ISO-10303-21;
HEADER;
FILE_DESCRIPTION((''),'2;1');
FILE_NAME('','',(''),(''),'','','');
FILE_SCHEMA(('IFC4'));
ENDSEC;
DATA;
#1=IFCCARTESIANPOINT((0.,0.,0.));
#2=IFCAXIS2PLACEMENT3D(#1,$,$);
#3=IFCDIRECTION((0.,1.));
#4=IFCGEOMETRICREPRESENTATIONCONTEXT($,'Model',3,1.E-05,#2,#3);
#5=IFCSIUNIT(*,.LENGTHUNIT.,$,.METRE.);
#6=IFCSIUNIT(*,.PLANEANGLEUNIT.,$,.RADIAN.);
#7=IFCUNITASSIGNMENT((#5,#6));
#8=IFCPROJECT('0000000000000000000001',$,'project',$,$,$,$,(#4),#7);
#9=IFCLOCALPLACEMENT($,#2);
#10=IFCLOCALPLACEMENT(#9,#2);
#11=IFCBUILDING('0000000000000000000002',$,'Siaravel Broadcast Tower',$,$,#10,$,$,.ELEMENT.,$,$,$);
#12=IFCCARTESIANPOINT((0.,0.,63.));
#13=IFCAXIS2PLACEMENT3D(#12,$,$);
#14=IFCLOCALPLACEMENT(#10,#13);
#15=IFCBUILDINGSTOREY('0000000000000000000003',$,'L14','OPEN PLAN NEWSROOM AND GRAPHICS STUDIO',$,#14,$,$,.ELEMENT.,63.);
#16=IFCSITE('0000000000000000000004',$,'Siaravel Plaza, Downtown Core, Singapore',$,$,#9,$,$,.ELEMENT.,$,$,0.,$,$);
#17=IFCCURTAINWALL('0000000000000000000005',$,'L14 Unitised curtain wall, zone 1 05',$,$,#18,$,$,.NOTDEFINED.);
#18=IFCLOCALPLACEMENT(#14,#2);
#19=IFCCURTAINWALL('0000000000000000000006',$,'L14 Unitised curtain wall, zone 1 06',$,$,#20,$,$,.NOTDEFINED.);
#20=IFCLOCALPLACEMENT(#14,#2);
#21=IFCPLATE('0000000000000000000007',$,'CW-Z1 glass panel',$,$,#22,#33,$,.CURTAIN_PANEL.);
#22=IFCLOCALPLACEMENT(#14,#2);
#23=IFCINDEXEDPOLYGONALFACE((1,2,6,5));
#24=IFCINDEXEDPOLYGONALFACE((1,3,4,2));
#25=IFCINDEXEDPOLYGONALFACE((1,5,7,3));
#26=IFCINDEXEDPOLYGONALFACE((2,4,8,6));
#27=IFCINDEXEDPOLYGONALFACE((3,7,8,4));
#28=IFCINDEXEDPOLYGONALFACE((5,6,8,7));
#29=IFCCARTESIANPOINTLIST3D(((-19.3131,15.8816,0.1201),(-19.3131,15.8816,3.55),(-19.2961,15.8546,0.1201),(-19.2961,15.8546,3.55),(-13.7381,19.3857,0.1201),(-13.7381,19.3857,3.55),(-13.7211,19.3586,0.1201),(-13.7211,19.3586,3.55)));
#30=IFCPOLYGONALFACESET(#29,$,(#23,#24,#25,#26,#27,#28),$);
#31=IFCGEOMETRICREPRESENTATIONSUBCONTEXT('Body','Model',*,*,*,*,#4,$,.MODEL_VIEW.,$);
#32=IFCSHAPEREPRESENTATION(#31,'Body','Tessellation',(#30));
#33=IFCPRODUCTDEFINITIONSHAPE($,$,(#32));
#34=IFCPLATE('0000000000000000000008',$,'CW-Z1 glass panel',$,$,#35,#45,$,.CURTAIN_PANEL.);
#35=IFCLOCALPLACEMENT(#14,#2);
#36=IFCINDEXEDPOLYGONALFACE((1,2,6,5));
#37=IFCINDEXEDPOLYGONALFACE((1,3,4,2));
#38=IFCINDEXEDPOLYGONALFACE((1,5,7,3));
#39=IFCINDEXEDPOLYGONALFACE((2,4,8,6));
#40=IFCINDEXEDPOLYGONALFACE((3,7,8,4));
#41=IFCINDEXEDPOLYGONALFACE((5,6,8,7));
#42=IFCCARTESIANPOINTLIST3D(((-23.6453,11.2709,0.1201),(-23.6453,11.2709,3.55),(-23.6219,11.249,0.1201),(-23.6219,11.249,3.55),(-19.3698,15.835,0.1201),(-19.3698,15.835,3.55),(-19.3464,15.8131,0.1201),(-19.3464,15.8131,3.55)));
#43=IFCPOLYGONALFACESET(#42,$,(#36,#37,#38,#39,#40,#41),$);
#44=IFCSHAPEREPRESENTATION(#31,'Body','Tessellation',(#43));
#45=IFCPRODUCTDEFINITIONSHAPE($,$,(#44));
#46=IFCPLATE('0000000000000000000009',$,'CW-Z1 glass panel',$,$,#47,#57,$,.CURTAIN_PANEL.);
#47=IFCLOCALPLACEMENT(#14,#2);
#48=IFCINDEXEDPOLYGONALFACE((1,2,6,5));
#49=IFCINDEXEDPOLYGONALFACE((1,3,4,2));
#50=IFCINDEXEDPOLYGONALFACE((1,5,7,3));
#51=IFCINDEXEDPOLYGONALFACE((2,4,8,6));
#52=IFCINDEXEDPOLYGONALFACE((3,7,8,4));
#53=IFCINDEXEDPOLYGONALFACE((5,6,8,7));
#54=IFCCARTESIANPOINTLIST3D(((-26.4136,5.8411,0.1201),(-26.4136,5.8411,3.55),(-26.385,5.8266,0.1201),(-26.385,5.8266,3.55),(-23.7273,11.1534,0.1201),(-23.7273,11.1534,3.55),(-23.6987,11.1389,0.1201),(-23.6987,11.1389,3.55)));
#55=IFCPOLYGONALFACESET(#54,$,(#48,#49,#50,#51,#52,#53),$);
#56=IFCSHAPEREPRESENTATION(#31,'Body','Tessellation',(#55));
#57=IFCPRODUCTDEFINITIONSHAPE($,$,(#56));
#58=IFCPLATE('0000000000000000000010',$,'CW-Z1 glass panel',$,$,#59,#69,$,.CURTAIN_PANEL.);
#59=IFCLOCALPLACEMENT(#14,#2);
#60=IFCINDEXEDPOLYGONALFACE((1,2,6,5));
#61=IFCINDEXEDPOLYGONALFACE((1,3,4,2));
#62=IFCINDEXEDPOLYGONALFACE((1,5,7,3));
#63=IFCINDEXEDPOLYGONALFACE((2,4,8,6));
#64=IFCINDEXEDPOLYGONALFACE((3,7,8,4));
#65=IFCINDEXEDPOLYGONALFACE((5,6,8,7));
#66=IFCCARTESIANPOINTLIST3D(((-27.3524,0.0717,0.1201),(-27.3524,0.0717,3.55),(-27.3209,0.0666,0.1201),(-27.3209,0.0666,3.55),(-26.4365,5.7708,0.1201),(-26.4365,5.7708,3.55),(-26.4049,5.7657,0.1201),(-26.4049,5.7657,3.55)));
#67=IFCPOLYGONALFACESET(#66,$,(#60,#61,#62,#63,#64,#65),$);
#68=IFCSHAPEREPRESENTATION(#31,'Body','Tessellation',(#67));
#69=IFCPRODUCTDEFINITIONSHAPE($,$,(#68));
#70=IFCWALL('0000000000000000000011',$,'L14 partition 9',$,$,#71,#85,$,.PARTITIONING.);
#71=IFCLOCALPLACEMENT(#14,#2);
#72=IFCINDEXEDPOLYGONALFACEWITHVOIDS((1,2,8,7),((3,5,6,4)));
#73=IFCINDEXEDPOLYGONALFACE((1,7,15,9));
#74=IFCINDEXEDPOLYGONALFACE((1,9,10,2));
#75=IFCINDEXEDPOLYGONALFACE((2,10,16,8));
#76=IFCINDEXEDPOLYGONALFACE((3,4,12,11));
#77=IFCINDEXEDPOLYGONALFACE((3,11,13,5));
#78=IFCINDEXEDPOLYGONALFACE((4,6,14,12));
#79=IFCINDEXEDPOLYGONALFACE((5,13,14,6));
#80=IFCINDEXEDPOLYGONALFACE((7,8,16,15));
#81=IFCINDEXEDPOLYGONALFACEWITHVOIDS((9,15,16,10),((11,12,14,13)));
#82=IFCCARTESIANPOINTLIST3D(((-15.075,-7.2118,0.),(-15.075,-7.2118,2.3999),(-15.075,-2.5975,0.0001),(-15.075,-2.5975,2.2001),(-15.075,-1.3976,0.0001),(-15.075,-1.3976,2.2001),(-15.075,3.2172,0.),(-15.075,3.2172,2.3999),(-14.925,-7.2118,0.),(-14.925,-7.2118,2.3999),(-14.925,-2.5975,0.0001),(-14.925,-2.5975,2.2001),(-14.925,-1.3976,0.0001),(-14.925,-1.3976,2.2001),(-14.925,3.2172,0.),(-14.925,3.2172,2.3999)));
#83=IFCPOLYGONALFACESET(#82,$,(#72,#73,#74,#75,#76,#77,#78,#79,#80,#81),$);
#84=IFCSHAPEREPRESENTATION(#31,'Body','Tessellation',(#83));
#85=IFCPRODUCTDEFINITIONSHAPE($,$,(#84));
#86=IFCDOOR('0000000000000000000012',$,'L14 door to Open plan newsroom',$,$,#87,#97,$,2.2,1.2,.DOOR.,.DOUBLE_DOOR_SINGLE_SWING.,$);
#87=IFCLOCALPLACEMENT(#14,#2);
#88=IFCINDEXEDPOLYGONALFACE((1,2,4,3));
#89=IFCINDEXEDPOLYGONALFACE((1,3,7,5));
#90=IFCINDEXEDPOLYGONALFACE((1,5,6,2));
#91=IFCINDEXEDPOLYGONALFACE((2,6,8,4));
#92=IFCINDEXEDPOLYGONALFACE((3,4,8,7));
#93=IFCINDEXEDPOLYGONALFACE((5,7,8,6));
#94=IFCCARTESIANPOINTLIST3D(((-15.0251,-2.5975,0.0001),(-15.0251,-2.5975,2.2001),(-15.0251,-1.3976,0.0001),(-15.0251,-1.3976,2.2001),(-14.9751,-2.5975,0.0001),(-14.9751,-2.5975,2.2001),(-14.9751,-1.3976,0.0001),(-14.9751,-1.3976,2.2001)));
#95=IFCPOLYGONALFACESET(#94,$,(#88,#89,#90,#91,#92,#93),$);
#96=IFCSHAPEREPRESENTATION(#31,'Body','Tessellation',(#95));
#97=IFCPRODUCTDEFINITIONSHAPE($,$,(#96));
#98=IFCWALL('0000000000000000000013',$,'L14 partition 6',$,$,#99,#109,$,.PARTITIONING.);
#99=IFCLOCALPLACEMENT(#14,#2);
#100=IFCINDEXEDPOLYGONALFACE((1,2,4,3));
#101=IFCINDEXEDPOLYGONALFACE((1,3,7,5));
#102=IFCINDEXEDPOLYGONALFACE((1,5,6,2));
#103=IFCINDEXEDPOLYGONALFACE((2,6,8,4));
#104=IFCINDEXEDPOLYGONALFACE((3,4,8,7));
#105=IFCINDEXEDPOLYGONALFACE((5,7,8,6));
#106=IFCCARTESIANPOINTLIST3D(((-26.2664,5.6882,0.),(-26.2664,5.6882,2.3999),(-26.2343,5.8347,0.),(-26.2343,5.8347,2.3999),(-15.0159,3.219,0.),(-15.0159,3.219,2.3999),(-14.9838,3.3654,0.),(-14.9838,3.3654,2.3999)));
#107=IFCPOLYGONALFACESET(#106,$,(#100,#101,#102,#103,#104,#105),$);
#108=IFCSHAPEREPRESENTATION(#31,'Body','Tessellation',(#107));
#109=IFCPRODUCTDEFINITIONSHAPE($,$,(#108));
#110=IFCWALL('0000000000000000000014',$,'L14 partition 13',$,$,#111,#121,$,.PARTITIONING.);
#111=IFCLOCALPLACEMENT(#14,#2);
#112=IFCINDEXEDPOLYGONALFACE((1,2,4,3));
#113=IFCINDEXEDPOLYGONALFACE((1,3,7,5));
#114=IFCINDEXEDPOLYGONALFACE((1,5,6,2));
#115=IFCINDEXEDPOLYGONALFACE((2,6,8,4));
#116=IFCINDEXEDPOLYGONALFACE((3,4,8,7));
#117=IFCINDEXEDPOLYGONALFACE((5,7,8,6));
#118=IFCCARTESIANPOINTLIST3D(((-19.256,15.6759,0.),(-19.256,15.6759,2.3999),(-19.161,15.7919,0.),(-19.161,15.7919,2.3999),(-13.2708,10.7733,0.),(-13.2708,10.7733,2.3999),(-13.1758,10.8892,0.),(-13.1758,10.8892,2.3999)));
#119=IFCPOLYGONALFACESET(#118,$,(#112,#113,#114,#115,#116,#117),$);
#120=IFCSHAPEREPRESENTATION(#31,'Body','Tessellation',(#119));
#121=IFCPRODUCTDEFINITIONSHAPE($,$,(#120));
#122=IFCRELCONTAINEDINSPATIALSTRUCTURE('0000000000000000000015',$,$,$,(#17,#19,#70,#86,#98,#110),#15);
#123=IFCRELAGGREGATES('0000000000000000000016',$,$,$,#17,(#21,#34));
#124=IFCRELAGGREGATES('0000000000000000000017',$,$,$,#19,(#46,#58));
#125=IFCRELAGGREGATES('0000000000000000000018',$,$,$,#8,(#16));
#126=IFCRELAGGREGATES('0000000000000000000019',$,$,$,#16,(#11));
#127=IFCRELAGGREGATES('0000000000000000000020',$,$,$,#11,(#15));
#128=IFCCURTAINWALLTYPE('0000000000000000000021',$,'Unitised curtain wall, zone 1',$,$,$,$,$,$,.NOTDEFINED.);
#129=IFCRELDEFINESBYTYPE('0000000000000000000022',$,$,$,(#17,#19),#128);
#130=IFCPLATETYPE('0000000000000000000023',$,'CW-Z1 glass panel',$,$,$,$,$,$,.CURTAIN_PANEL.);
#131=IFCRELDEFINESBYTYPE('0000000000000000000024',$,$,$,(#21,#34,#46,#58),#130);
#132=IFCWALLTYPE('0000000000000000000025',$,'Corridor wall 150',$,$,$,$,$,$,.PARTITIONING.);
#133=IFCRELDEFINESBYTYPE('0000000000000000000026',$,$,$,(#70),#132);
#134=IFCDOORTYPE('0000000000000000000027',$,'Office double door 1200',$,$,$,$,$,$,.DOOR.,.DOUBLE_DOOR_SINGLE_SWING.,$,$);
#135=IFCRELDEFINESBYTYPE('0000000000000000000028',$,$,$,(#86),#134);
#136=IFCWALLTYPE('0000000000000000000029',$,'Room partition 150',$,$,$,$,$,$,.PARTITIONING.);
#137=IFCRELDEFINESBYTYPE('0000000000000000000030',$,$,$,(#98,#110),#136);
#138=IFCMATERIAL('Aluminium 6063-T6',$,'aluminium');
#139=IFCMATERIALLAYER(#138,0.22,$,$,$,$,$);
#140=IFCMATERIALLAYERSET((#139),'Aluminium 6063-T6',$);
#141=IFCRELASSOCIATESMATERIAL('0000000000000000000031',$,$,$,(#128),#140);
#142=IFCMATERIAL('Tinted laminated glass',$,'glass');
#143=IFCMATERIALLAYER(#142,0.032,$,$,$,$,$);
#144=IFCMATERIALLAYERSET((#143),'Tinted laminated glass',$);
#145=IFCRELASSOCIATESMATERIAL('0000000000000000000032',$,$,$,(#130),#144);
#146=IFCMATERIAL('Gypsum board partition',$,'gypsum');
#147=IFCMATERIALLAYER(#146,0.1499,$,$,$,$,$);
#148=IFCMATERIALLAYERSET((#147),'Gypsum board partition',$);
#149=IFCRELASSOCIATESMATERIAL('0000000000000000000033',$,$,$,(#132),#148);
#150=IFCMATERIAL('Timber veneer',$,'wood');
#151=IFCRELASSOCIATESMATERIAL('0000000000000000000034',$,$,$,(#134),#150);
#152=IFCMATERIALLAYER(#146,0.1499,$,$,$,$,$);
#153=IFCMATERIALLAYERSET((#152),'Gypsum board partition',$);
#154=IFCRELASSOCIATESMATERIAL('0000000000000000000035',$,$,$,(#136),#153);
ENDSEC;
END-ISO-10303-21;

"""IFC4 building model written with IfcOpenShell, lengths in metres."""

from ifc_helpers import new_model, si_unit, direction, frame, frame_2d, origin, origin_2d, place, context, subcontext, project, spatial, rectangle, extrude, material, layer, layer_set, type_object, element, fill, aggregate, save


model = new_model("IFC4")

# Units and contexts
model_context = context("Model", 3, precision=1e-05, world=origin(), true_north=direction((0.0, 1.0)))
body_context = subcontext(model_context, "Body", "Model", "MODEL_VIEW")
ifc_project = project(units=[si_unit("LENGTHUNIT", "METRE"), si_unit("PLANEANGLEUNIT", "RADIAN")], contexts=[model_context])

# Site, building, storey
site_placement = place(None, origin())
site = spatial("IfcSite", under=ifc_project, at=site_placement, Name="Siaravel Plaza, Downtown Core, Singapore", CompositionType="ELEMENT", RefElevation=0.0)
building_placement = place(site_placement, origin())
building = spatial("IfcBuilding", under=site, at=building_placement, Name="Siaravel Broadcast Tower", CompositionType="ELEMENT")
storey_placement = place(building_placement, frame((0.0, 0.0, 63.0)))
storey = spatial("IfcBuildingStorey", under=building, at=storey_placement, Name="L14", Description="OPEN PLAN NEWSROOM AND GRAPHICS STUDIO", CompositionType="ELEMENT", Elevation=63.0)

# Curtain walls
ifc_material_1 = material(Name="Aluminium 6063-T6", Category="aluminium")
ifc_layer_1 = layer(ifc_material_1, 0.22)
ifc_layer_set_1 = layer_set([ifc_layer_1], Name="Aluminium 6063-T6")
curtain_wall_type = type_object("IfcCurtainWallType", Name="Unitised curtain wall, zone 1", PredefinedType="NOTDEFINED", material=ifc_layer_set_1)
curtain_wall_1_placement = place(storey_placement, origin())
curtain_wall_1 = element("IfcCurtainWall", 1, at=curtain_wall_1_placement, inside=storey, type_object=curtain_wall_type, Name="L14 Unitised curtain wall, zone 1 05", PredefinedType="NOTDEFINED")
curtain_wall_2_placement = place(storey_placement, origin())
curtain_wall_2 = element("IfcCurtainWall", 2, at=curtain_wall_2_placement, inside=storey, type_object=curtain_wall_type, Name="L14 Unitised curtain wall, zone 1 06", PredefinedType="NOTDEFINED")

# Plates
ifc_material_2 = material(Name="Tinted laminated glass", Category="glass")
ifc_layer_2 = layer(ifc_material_2, 0.032)
ifc_layer_set_2 = layer_set([ifc_layer_2], Name="Tinted laminated glass")
plate_type = type_object("IfcPlateType", Name="CW-Z1 glass panel", PredefinedType="CURTAIN_PANEL", material=ifc_layer_set_2)
plate_1_placement = place(storey_placement, frame((-16.5171, 17.6201, 0.1201), z_axis=(0.0, 0.0, 1.0), x_axis=(-0.846651, -0.532148, 0.0)))
plate_1 = element("IfcPlate", 3, at=plate_1_placement, type_object=plate_type, Name="CW-Z1 glass panel", PredefinedType="CURTAIN_PANEL", context=body_context, shape_type="SweptSolid", body=[
    extrude(rectangle(XDim=6.5847, YDim=0.032, at=origin_2d()), origin(), (0.0, 0.0, 1.0), 3.4299),
])
plate_2_placement = place(storey_placement, frame((-21.4958, 13.542, 0.1201), z_axis=(0.0, 0.0, 1.0), x_axis=(-0.683657, -0.729804, 0.0)))
plate_2 = element("IfcPlate", 4, at=plate_2_placement, type_object=plate_type, Name="CW-Z1 glass panel", PredefinedType="CURTAIN_PANEL", context=body_context, shape_type="SweptSolid", body=[
    extrude(rectangle(XDim=6.2539, YDim=0.032, at=origin_2d()), origin(), (0.0, 0.0, 1.0), 3.4299),
])
aggregate(curtain_wall_1, [plate_1, plate_2])
plate_3_placement = place(storey_placement, frame((-25.0562, 8.49, 0.1201), z_axis=(0.0, 0.0, 1.0), x_axis=(-0.451262, -0.892391, 0.0)))
plate_3 = element("IfcPlate", 5, at=plate_3_placement, type_object=plate_type, Name="CW-Z1 glass panel", PredefinedType="CURTAIN_PANEL", context=body_context, shape_type="SweptSolid", body=[
    extrude(rectangle(XDim=5.9529, YDim=0.032, at=origin_2d()), origin(), (0.0, 0.0, 1.0), 3.4299),
])
plate_4_placement = place(storey_placement, frame((-26.8787, 2.9187, 0.1201), z_axis=(0.0, 0.0, 1.0), x_axis=(-0.158686, -0.987329, 0.0)))
plate_4 = element("IfcPlate", 6, at=plate_4_placement, type_object=plate_type, Name="CW-Z1 glass panel", PredefinedType="CURTAIN_PANEL", context=body_context, shape_type="SweptSolid", body=[
    extrude(rectangle(XDim=5.7722, YDim=0.032, at=origin_2d()), origin(), (0.0, 0.0, 1.0), 3.4299),
])
aggregate(curtain_wall_2, [plate_3, plate_4])

# Wall, opening, door
ifc_material_3 = material(Name="Gypsum board partition", Category="gypsum")
ifc_layer_3 = layer(ifc_material_3, 0.1499)
ifc_layer_set_3 = layer_set([ifc_layer_3], Name="Gypsum board partition")
wall_type_1 = type_object("IfcWallType", Name="Corridor wall 150", PredefinedType="PARTITIONING", material=ifc_layer_set_3)
wall_1_placement = place(storey_placement, frame((-15.0, 3.217, 0.0), z_axis=(0.0, 0.0, 1.0), x_axis=(0.0, -1.0, 0.0)))
wall_1 = element("IfcWall", 7, at=wall_1_placement, inside=storey, type_object=wall_type_1, Name="L14 partition 9", PredefinedType="PARTITIONING", context=body_context, shape_type="SweptSolid", body=[
    extrude(rectangle(XDim=10.429, YDim=0.1499, at=frame_2d((5.2144, 0.0))), origin(), (0.0, 0.0, 1.0), 2.3999),
])
opening_1_placement = place(wall_1_placement, frame((4.6145, 0.0, 0.0)))
opening_1 = element("IfcOpeningElement", 8, at=opening_1_placement, cuts=wall_1, PredefinedType="OPENING", context=body_context, shape_type="SweptSolid", body=[
    extrude(rectangle(XDim=1.2, YDim=2.2, at=frame_2d((0.6001, 1.1001))), frame((0.0, 0.085, 0.0), z_axis=(0.0, -1.0, 0.0), x_axis=(1.0, 0.0, 0.0)), (0.0, 0.0, 1.0), 0.1699),
])
ifc_material_4 = material(Name="Timber veneer", Category="wood")
door_type_1 = type_object("IfcDoorType", Name="Office double door 1200", OperationType="DOUBLE_DOOR_SINGLE_SWING", PredefinedType="DOOR", material=ifc_material_4)
door_1_placement = place(opening_1_placement, origin())
door_1 = element("IfcDoor", 9, at=door_1_placement, inside=storey, type_object=door_type_1, Name="L14 door to Open plan newsroom", OperationType="DOUBLE_DOOR_SINGLE_SWING", OverallHeight=2.2, OverallWidth=1.2, PredefinedType="DOOR", context=body_context, shape_type="SweptSolid", body=[
    extrude(rectangle(XDim=1.2, YDim=2.2, at=frame_2d((0.6001, 1.1001))), frame((0.0, 0.0249, 0.0), z_axis=(0.0, -1.0, 0.0), x_axis=(1.0, 0.0, 0.0)), (0.0, 0.0, 1.0), 0.05),
])
fill(opening_1, door_1)

# Walls
ifc_layer_4 = layer(ifc_material_3, 0.1499)
ifc_layer_set_4 = layer_set([ifc_layer_4], Name="Gypsum board partition")
wall_type_2 = type_object("IfcWallType", Name="Room partition 150", PredefinedType="PARTITIONING", material=ifc_layer_set_4)
wall_2_placement = place(storey_placement, frame((-26.2505, 5.7615, 0.0), z_axis=(0.0, 0.0, 1.0), x_axis=(0.976751, -0.214376, 0.0)))
element("IfcWall", 10, at=wall_2_placement, inside=storey, type_object=wall_type_2, Name="L14 partition 6", PredefinedType="PARTITIONING", context=body_context, shape_type="SweptSolid", body=[
    extrude(rectangle(XDim=11.5183, YDim=0.1499, at=frame_2d((5.7593, 0.0))), origin(), (0.0, 0.0, 1.0), 2.3999),
])
wall_3_placement = place(storey_placement, frame((-19.2085, 15.7339, 0.0), z_axis=(0.0, 0.0, 1.0), x_axis=(0.773597, -0.633678, 0.0)))
element("IfcWall", 11, at=wall_3_placement, inside=storey, type_object=wall_type_2, Name="L14 partition 13", PredefinedType="PARTITIONING", context=body_context, shape_type="SweptSolid", body=[
    extrude(rectangle(XDim=7.7368, YDim=0.1499, at=frame_2d((3.8684, 0.0))), origin(), (0.0, 0.0, 1.0), 2.3999),
])

save(model, "model.ifc")
